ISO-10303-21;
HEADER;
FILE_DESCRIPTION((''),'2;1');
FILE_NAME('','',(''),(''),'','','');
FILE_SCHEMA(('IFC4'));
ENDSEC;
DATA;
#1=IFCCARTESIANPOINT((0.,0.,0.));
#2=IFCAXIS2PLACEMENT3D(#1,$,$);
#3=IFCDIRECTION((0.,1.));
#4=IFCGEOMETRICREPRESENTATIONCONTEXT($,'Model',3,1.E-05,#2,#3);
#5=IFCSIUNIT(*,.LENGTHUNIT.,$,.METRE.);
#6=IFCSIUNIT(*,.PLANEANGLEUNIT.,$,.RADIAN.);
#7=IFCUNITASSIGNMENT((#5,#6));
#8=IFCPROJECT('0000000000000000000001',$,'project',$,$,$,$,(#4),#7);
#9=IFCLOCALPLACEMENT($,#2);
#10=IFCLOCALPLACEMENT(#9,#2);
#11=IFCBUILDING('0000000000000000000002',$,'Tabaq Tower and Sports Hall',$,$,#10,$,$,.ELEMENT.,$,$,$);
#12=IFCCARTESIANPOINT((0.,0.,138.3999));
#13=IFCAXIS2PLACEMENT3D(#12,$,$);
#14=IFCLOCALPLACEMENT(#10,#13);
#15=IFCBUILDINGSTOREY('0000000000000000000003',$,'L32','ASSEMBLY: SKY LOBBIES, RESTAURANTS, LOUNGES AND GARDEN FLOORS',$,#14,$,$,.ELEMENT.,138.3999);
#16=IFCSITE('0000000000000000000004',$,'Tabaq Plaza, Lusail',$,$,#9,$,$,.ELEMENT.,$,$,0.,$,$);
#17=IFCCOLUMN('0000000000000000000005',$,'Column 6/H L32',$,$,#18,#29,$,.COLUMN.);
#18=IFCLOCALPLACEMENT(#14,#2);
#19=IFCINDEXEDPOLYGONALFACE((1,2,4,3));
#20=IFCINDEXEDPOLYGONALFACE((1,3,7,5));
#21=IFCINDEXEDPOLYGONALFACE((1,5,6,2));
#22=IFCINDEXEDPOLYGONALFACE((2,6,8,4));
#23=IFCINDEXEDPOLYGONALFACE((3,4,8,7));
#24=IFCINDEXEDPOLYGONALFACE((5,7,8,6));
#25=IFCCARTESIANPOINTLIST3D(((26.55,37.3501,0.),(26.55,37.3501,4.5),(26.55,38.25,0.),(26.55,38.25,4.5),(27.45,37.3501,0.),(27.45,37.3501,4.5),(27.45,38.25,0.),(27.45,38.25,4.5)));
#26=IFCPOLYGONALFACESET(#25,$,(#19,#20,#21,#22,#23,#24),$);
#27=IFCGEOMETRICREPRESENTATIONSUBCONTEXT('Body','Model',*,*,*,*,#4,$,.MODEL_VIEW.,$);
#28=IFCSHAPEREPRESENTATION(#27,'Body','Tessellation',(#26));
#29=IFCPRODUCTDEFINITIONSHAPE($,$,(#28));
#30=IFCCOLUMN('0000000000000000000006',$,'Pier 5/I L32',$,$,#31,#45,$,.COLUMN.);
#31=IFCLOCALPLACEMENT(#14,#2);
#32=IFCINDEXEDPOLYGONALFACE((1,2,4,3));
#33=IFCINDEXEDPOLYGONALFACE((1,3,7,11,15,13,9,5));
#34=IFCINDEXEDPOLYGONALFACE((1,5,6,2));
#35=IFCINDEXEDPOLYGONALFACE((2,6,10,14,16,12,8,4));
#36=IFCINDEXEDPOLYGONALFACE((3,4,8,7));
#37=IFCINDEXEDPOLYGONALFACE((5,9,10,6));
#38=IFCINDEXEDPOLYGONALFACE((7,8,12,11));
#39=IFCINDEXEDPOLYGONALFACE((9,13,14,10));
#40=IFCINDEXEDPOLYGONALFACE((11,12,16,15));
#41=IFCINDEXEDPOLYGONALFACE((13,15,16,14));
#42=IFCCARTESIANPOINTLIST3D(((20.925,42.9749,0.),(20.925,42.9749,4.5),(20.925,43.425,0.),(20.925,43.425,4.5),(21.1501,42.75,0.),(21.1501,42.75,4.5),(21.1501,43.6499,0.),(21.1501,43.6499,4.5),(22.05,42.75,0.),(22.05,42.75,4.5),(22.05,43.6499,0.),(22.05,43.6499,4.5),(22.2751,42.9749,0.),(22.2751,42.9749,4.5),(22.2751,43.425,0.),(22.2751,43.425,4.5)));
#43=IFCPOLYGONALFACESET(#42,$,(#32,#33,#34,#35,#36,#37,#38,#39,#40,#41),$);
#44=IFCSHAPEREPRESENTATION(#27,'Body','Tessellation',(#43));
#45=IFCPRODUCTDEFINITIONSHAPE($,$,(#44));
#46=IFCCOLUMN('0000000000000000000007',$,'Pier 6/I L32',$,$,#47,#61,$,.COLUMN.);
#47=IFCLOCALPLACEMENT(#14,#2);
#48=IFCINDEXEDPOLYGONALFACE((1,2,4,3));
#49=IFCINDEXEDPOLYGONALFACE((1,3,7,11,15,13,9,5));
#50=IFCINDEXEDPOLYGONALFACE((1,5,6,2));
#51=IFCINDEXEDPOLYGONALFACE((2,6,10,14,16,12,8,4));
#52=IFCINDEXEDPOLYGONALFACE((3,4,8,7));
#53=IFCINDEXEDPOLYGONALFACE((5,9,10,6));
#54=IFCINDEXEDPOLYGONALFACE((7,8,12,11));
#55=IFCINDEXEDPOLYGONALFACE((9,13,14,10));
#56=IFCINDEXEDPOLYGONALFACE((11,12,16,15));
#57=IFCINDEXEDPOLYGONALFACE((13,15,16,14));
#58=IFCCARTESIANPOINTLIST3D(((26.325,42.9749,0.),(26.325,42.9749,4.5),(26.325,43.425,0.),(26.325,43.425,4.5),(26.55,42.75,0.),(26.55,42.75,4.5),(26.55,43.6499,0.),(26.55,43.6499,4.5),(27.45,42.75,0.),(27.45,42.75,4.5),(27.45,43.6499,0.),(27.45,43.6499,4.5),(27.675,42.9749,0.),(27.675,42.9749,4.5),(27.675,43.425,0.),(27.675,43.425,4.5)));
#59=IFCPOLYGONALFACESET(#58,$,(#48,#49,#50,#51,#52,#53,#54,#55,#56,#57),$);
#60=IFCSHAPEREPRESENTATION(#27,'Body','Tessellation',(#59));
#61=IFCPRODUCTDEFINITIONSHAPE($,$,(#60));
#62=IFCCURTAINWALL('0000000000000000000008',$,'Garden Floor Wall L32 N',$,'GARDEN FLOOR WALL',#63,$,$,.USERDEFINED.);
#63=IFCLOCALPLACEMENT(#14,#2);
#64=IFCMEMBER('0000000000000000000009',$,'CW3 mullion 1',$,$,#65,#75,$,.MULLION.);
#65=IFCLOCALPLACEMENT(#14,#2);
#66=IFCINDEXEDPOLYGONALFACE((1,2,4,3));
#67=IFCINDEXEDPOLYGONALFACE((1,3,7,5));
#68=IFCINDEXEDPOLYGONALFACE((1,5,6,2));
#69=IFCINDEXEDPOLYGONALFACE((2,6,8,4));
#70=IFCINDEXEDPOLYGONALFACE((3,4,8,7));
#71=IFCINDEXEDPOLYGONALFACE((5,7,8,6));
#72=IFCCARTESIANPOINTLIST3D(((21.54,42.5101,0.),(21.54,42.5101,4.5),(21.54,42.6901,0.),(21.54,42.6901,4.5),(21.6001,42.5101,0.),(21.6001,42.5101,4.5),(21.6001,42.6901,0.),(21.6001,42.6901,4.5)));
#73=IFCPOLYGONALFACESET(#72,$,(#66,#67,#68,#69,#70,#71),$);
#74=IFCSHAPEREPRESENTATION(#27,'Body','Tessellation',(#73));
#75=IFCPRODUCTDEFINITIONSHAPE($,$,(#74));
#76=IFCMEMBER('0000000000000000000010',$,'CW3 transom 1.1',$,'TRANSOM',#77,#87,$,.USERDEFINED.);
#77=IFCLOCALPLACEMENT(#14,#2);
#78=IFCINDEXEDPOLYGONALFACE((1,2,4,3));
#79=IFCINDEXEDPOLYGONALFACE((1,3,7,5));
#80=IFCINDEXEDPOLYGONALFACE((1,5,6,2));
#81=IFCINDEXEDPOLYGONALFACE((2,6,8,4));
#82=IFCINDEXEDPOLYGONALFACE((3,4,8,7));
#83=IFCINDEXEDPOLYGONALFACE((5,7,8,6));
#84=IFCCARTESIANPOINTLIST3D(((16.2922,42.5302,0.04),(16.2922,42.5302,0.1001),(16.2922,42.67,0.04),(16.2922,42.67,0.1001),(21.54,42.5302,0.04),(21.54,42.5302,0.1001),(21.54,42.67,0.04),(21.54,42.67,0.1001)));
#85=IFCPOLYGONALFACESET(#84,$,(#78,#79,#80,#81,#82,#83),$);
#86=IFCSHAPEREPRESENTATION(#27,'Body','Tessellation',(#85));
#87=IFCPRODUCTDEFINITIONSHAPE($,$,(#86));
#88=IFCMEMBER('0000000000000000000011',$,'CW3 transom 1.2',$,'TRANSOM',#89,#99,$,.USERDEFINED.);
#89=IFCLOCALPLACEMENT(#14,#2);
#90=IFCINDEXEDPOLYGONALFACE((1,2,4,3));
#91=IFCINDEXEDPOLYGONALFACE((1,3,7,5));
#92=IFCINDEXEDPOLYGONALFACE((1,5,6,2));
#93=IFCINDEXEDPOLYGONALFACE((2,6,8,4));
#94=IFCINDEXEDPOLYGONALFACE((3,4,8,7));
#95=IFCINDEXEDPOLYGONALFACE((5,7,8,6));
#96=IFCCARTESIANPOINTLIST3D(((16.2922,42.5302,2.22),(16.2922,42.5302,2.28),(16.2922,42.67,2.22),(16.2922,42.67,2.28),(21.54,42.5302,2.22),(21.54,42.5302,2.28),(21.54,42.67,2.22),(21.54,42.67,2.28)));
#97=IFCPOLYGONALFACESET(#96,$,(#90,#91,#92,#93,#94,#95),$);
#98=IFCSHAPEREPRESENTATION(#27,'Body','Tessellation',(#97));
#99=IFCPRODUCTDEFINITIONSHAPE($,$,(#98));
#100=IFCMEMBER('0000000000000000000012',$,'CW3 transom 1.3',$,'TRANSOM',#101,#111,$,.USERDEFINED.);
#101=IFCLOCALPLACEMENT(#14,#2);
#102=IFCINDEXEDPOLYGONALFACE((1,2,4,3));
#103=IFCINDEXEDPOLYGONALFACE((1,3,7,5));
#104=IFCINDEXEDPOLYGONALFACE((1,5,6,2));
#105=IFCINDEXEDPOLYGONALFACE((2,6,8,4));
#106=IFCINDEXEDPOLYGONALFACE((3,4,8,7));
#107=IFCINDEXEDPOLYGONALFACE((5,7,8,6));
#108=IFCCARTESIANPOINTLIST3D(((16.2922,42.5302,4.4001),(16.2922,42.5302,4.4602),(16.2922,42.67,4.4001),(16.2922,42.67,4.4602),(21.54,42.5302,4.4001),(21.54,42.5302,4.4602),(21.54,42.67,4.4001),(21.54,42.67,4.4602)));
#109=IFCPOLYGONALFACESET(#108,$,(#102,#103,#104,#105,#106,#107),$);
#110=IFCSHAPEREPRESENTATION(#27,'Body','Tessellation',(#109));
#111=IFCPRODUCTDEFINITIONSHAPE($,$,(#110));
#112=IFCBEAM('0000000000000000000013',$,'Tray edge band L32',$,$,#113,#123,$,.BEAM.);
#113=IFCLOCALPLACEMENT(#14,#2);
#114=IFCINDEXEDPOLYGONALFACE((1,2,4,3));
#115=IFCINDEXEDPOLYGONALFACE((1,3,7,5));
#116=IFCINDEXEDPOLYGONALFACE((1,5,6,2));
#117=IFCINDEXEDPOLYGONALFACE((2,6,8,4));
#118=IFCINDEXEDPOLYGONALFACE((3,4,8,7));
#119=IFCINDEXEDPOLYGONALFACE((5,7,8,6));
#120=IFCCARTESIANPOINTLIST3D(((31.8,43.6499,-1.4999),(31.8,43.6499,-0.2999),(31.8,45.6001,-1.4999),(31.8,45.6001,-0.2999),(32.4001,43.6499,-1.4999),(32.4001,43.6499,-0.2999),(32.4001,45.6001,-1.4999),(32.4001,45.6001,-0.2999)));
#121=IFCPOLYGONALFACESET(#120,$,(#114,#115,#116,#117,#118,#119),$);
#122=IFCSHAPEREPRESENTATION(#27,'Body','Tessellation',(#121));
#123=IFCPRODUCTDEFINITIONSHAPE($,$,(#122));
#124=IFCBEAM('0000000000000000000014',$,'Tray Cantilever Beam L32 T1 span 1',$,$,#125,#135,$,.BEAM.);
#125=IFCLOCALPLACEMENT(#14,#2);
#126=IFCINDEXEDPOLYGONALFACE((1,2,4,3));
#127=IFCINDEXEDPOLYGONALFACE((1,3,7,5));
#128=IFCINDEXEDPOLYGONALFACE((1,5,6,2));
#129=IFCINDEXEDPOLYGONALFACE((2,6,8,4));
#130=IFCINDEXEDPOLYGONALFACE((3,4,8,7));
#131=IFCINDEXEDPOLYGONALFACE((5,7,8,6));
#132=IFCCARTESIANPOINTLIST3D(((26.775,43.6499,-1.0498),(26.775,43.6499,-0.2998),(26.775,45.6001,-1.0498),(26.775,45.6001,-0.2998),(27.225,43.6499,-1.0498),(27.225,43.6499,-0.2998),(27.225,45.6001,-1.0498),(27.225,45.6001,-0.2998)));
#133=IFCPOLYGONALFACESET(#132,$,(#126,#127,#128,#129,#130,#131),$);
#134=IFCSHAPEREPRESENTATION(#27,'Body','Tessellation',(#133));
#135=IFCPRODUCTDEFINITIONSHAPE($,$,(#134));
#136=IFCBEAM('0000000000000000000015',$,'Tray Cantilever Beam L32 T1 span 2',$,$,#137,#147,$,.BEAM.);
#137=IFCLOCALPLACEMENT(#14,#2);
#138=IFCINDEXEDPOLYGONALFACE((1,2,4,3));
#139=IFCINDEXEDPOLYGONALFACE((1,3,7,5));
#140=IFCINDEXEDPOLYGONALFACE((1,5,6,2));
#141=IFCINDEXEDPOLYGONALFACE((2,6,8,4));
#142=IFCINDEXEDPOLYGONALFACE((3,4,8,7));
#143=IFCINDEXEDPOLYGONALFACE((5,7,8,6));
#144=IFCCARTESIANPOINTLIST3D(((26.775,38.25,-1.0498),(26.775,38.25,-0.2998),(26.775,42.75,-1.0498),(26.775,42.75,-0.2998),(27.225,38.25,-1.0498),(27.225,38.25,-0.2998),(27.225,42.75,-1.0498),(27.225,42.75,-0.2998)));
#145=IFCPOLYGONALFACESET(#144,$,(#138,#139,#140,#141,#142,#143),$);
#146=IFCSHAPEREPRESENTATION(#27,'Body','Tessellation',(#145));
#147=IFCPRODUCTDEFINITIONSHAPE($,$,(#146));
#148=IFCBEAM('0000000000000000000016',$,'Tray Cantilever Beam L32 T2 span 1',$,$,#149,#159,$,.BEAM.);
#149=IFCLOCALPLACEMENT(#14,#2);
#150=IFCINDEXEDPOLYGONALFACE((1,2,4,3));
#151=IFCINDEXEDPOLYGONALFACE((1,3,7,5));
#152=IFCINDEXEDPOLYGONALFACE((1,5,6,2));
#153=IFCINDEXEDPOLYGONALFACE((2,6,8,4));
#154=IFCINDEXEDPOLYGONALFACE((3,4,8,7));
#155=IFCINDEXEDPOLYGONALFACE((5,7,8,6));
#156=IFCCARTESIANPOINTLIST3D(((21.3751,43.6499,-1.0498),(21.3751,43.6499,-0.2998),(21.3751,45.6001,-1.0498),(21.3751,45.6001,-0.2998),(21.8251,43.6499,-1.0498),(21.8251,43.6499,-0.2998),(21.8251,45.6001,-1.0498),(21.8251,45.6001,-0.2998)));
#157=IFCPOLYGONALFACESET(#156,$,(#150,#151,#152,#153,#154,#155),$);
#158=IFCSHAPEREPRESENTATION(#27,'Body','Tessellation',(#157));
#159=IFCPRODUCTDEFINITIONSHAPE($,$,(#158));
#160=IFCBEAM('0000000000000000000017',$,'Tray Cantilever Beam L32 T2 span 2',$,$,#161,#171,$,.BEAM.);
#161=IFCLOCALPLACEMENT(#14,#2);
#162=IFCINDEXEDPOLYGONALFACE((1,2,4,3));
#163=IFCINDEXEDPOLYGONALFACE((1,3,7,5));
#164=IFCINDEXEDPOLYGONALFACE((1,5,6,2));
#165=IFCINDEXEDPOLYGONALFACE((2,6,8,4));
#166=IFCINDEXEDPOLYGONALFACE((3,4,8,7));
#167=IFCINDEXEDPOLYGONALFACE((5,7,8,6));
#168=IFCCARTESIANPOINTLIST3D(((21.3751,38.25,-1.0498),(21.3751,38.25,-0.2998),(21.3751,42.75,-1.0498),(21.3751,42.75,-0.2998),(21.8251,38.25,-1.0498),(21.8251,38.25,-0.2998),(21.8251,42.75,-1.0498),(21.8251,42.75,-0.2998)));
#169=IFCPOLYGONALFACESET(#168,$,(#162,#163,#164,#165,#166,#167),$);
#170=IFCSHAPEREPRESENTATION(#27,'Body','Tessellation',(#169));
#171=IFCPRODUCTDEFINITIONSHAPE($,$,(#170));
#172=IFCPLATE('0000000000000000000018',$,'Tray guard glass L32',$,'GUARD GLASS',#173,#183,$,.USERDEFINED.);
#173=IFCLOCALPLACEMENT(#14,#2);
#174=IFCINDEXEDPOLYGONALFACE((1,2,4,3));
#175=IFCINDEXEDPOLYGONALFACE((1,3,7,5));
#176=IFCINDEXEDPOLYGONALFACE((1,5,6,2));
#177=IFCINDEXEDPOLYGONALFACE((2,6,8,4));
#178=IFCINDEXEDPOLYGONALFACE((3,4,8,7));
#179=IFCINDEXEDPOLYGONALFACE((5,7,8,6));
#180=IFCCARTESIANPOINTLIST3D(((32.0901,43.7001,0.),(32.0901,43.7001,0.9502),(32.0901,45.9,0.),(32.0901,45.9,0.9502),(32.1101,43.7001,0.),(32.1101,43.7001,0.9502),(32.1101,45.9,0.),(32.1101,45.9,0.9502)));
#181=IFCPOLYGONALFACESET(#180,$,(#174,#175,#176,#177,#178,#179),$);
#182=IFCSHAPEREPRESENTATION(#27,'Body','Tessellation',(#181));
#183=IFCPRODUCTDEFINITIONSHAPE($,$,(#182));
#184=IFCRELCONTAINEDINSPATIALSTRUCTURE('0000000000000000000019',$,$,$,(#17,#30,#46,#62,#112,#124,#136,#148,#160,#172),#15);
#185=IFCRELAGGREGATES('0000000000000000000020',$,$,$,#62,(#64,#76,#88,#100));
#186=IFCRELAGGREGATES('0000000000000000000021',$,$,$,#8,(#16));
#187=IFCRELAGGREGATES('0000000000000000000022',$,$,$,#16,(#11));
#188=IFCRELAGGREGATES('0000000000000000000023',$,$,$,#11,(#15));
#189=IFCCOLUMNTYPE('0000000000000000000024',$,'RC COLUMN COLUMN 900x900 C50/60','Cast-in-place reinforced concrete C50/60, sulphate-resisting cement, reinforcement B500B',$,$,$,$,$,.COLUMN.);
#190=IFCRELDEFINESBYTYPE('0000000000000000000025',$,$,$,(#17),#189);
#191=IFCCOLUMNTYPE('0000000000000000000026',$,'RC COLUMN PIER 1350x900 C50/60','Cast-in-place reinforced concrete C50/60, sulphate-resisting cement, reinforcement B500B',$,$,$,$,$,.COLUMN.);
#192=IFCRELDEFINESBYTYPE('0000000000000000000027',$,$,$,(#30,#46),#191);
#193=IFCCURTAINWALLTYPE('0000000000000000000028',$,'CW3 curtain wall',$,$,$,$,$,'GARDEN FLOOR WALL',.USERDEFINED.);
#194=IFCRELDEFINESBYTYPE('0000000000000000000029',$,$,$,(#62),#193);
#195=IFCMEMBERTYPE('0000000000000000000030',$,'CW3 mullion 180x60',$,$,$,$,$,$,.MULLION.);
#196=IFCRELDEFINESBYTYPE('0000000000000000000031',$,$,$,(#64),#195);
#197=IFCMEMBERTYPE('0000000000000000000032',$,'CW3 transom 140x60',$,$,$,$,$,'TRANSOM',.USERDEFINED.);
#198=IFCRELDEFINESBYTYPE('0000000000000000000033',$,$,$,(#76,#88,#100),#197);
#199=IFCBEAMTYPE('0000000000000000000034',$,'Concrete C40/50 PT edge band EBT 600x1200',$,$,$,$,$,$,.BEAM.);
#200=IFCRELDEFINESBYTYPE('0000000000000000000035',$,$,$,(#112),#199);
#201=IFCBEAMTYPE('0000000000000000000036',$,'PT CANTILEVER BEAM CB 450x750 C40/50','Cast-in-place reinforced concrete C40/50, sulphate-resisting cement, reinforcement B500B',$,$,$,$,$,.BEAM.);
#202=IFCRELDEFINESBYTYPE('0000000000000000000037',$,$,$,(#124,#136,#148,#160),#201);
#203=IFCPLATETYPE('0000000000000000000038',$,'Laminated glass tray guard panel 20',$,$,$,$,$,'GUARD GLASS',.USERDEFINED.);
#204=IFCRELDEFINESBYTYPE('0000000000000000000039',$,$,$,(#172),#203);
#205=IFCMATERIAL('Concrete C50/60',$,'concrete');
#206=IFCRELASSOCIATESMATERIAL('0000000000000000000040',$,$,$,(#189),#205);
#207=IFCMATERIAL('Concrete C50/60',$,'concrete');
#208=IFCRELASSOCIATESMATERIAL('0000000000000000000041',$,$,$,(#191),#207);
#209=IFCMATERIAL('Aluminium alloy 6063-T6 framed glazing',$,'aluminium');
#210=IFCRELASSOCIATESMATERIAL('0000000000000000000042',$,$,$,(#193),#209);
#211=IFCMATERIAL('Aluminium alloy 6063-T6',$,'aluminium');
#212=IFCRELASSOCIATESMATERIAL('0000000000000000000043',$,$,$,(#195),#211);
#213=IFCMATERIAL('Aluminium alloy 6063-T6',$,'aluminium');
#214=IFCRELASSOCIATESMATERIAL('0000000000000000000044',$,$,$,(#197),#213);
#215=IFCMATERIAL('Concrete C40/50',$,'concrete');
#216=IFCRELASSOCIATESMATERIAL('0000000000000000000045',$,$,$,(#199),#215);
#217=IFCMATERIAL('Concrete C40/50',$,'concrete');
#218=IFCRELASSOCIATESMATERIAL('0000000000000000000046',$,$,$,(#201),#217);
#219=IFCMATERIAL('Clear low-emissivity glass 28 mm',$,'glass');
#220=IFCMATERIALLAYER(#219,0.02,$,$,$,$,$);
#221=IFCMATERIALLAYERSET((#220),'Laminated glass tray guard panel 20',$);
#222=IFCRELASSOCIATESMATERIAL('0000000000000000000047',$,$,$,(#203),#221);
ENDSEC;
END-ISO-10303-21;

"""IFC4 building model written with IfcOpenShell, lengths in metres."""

from ifc_helpers import new_model, si_unit, direction, frame, frame_2d, origin, origin_2d, place, context, subcontext, project, spatial, polyline, rectangle, outline, extrude, material, layer, layer_set, material_profile, profile_set, type_object, element, aggregate, save


model = new_model("IFC4")

# Units and contexts
model_context = context("Model", 3, precision=1e-05, world=origin(), true_north=direction((0.0, 1.0)))
body_context = subcontext(model_context, "Body", "Model", "MODEL_VIEW")
ifc_project = project(units=[si_unit("LENGTHUNIT", "METRE"), si_unit("PLANEANGLEUNIT", "RADIAN")], contexts=[model_context])

# Site, building, storey
site_placement = place(None, origin())
site = spatial("IfcSite", under=ifc_project, at=site_placement, Name="Tabaq Plaza, Lusail", CompositionType="ELEMENT", RefElevation=0.0)
building_placement = place(site_placement, origin())
building = spatial("IfcBuilding", under=site, at=building_placement, Name="Tabaq Tower and Sports Hall", CompositionType="ELEMENT")
storey_placement = place(building_placement, frame((0.0, 0.0, 138.3999)))
storey = spatial("IfcBuildingStorey", under=building, at=storey_placement, Name="L32", Description="ASSEMBLY: SKY LOBBIES, RESTAURANTS, LOUNGES AND GARDEN FLOORS", CompositionType="ELEMENT", Elevation=138.3999)

# Columns
ifc_material_1 = material(Name="Concrete C50/60", Category="concrete")
ifc_material_profile_1 = material_profile(ifc_material_1, rectangle(XDim=0.8999, YDim=0.8999, at=origin_2d()), Name="COLUMN 900x900")
ifc_profile_set_1 = profile_set([ifc_material_profile_1], Name="Concrete C50/60")
column_type_1 = type_object("IfcColumnType", Name="RC COLUMN COLUMN 900x900 C50/60", Description="Cast-in-place reinforced concrete C50/60, sulphate-resisting cement, reinforcement B500B", PredefinedType="COLUMN", material=ifc_profile_set_1)
column_placement = place(storey_placement, frame((27.0, 37.8, 0.0), z_axis=(0.0, 0.0, 1.0), x_axis=(1.0, 0.0, 0.0)))
element("IfcColumn", 1, at=column_placement, inside=storey, type_object=column_type_1, Name="Column 6/H L32", PredefinedType="COLUMN", context=body_context, shape_type="SweptSolid", body=[
    extrude(rectangle(XDim=0.8999, YDim=0.8999, at=origin_2d()), origin(), (0.0, 0.0, 1.0), 4.5),
])
ifc_material_2 = material(Name="Concrete C50/60", Category="concrete")
ifc_material_profile_2 = material_profile(ifc_material_2, outline(polyline([(-0.45, -0.45), (0.45, -0.45), (0.675, -0.2251), (0.675, 0.2251), (0.45, 0.45), (-0.45, 0.45), (-0.675, 0.2251), (-0.675, -0.2251), (-0.45, -0.45)])), Name="PIER 1350x900")
ifc_profile_set_2 = profile_set([ifc_material_profile_2], Name="Concrete C50/60")
column_type_2 = type_object("IfcColumnType", Name="RC COLUMN PIER 1350x900 C50/60", Description="Cast-in-place reinforced concrete C50/60, sulphate-resisting cement, reinforcement B500B", PredefinedType="COLUMN", material=ifc_profile_set_2)
for number, where, z_axis, x_axis, name in (
    (2, (21.6001, 43.2, 0.0), (0.0, 0.0, 1.0), (1.0, 0.0, 0.0), "Pier 5/I L32"),
    (3, (27.0, 43.2, 0.0), (0.0, 0.0, 1.0), (1.0, 0.0, 0.0), "Pier 6/I L32"),
):
    element("IfcColumn", number, at=place(storey_placement, frame(where, z_axis=z_axis, x_axis=x_axis)), inside=storey, type_object=column_type_2, Name=name, PredefinedType="COLUMN", context=body_context, shape_type="SweptSolid", body=[
        extrude(outline(polyline([(-0.45, -0.45), (0.45, -0.45), (0.675, -0.2251), (0.675, 0.2251), (0.45, 0.45), (-0.45, 0.45), (-0.675, 0.2251), (-0.675, -0.2251), (-0.45, -0.45)])), origin(), (0.0, 0.0, 1.0), 4.5),
    ])

# Curtain wall, members
ifc_material_3 = material(Name="Aluminium alloy 6063-T6 framed glazing", Category="aluminium")
curtain_wall_type = type_object("IfcCurtainWallType", Name="CW3 curtain wall", ElementType="GARDEN FLOOR WALL", PredefinedType="USERDEFINED", material=ifc_material_3)
curtain_wall_placement = place(storey_placement, origin())
curtain_wall = element("IfcCurtainWall", 4, at=curtain_wall_placement, inside=storey, type_object=curtain_wall_type, Name="Garden Floor Wall L32 N", ObjectType="GARDEN FLOOR WALL", PredefinedType="USERDEFINED")
ifc_material_4 = material(Name="Aluminium alloy 6063-T6", Category="aluminium")
ifc_material_profile_3 = material_profile(ifc_material_4, rectangle(XDim=0.1799, YDim=0.0601, at=origin_2d()), Name="MULLION 180x60")
ifc_profile_set_3 = profile_set([ifc_material_profile_3], Name="Aluminium alloy 6063-T6")
member_type_1 = type_object("IfcMemberType", Name="CW3 mullion 180x60", PredefinedType="MULLION", material=ifc_profile_set_3)
member_1_placement = place(storey_placement, frame((21.5701, 42.6001, 0.0), z_axis=(0.0, 0.0, 1.0), x_axis=(0.0, -1.0, 0.0)))
member_1 = element("IfcMember", 5, at=member_1_placement, type_object=member_type_1, Name="CW3 mullion 1", PredefinedType="MULLION", context=body_context, shape_type="SweptSolid", body=[
    extrude(rectangle(XDim=0.1799, YDim=0.0601, at=origin_2d()), origin(), (0.0, 0.0, 1.0), 4.5),
])
ifc_material_5 = material(Name="Aluminium alloy 6063-T6", Category="aluminium")
ifc_material_profile_4 = material_profile(ifc_material_5, rectangle(XDim=0.1399, YDim=0.0601, at=origin_2d()), Name="TRANSOM 140x60")
ifc_profile_set_4 = profile_set([ifc_material_profile_4], Name="Aluminium alloy 6063-T6")
member_type_2 = type_object("IfcMemberType", Name="CW3 transom 140x60", ElementType="TRANSOM", PredefinedType="USERDEFINED", material=ifc_profile_set_4)
member_2_placement = place(storey_placement, frame((21.54, 42.6001, 0.0701), z_axis=(-1.0, 0.0, 0.0), x_axis=(0.0, -1.0, 0.0)))
member_2 = element("IfcMember", 6, at=member_2_placement, type_object=member_type_2, Name="CW3 transom 1.1", ObjectType="TRANSOM", PredefinedType="USERDEFINED", context=body_context, shape_type="SweptSolid", body=[
    extrude(rectangle(XDim=0.1399, YDim=0.0601, at=origin_2d()), origin(), (0.0, 0.0, 1.0), 5.2478),
])
member_3_placement = place(storey_placement, frame((21.54, 42.6001, 2.25), z_axis=(-1.0, 0.0, 0.0), x_axis=(0.0, -1.0, 0.0)))
member_3 = element("IfcMember", 7, at=member_3_placement, type_object=member_type_2, Name="CW3 transom 1.2", ObjectType="TRANSOM", PredefinedType="USERDEFINED", context=body_context, shape_type="SweptSolid", body=[
    extrude(rectangle(XDim=0.1399, YDim=0.0601, at=origin_2d()), origin(), (0.0, 0.0, 1.0), 5.2478),
])
member_4_placement = place(storey_placement, frame((21.54, 42.6001, 4.4302), z_axis=(-1.0, 0.0, 0.0), x_axis=(0.0, -1.0, 0.0)))
member_4 = element("IfcMember", 8, at=member_4_placement, type_object=member_type_2, Name="CW3 transom 1.3", ObjectType="TRANSOM", PredefinedType="USERDEFINED", context=body_context, shape_type="SweptSolid", body=[
    extrude(rectangle(XDim=0.1399, YDim=0.0601, at=origin_2d()), origin(), (0.0, 0.0, 1.0), 5.2478),
])
aggregate(curtain_wall, [member_1, member_2, member_3, member_4])

# Beams
ifc_material_6 = material(Name="Concrete C40/50", Category="concrete")
ifc_material_profile_5 = material_profile(ifc_material_6, rectangle(XDim=0.6001, YDim=1.2, at=origin_2d()), Name="EBT 600x1200")
ifc_profile_set_5 = profile_set([ifc_material_profile_5], Name="Concrete C40/50")
beam_type_1 = type_object("IfcBeamType", Name="Concrete C40/50 PT edge band EBT 600x1200", PredefinedType="BEAM", material=ifc_profile_set_5)
beam_1_placement = place(storey_placement, frame((32.1001, 43.6499, -0.8999), z_axis=(0.0, 1.0, 0.0), x_axis=(-1.0, 0.0, 0.0)))
element("IfcBeam", 9, at=beam_1_placement, inside=storey, type_object=beam_type_1, Name="Tray edge band L32", PredefinedType="BEAM", context=body_context, shape_type="SweptSolid", body=[
    extrude(rectangle(XDim=0.6001, YDim=1.2, at=origin_2d()), origin(), (0.0, 0.0, 1.0), 1.9502),
])
ifc_material_7 = material(Name="Concrete C40/50", Category="concrete")
ifc_material_profile_6 = material_profile(ifc_material_7, rectangle(XDim=0.45, YDim=0.75, at=origin_2d()), Name="CB 450x750")
ifc_profile_set_6 = profile_set([ifc_material_profile_6], Name="Concrete C40/50")
beam_type_2 = type_object("IfcBeamType", Name="PT CANTILEVER BEAM CB 450x750 C40/50", Description="Cast-in-place reinforced concrete C40/50, sulphate-resisting cement, reinforcement B500B", PredefinedType="BEAM", material=ifc_profile_set_6)
beam_2_placement = place(storey_placement, frame((27.0, 45.6001, -0.6748), z_axis=(0.0, -1.0, 0.0), x_axis=(1.0, 0.0, 0.0)))
element("IfcBeam", 10, at=beam_2_placement, inside=storey, type_object=beam_type_2, Name="Tray Cantilever Beam L32 T1 span 1", PredefinedType="BEAM", context=body_context, shape_type="SweptSolid", body=[
    extrude(rectangle(XDim=0.45, YDim=0.75, at=origin_2d()), origin(), (0.0, 0.0, 1.0), 1.9502),
])
beam_3_placement = place(storey_placement, frame((27.0, 42.75, -0.6748), z_axis=(0.0, -1.0, 0.0), x_axis=(1.0, 0.0, 0.0)))
element("IfcBeam", 11, at=beam_3_placement, inside=storey, type_object=beam_type_2, Name="Tray Cantilever Beam L32 T1 span 2", PredefinedType="BEAM", context=body_context, shape_type="SweptSolid", body=[
    extrude(rectangle(XDim=0.45, YDim=0.75, at=origin_2d()), origin(), (0.0, 0.0, 1.0), 4.5),
])
beam_4_placement = place(storey_placement, frame((21.6001, 45.6001, -0.6748), z_axis=(0.0, -1.0, 0.0), x_axis=(1.0, 0.0, 0.0)))
element("IfcBeam", 12, at=beam_4_placement, inside=storey, type_object=beam_type_2, Name="Tray Cantilever Beam L32 T2 span 1", PredefinedType="BEAM", context=body_context, shape_type="SweptSolid", body=[
    extrude(rectangle(XDim=0.45, YDim=0.75, at=origin_2d()), origin(), (0.0, 0.0, 1.0), 1.9502),
])
beam_5_placement = place(storey_placement, frame((21.6001, 42.75, -0.6748), z_axis=(0.0, -1.0, 0.0), x_axis=(1.0, 0.0, 0.0)))
element("IfcBeam", 13, at=beam_5_placement, inside=storey, type_object=beam_type_2, Name="Tray Cantilever Beam L32 T2 span 2", PredefinedType="BEAM", context=body_context, shape_type="SweptSolid", body=[
    extrude(rectangle(XDim=0.45, YDim=0.75, at=origin_2d()), origin(), (0.0, 0.0, 1.0), 4.5),
])

# Plate
ifc_material_8 = material(Name="Clear low-emissivity glass 28 mm", Category="glass")
ifc_layer_1 = layer(ifc_material_8, 0.02)
ifc_layer_set_1 = layer_set([ifc_layer_1], Name="Laminated glass tray guard panel 20")
plate_type_1 = type_object("IfcPlateType", Name="Laminated glass tray guard panel 20", ElementType="GUARD GLASS", PredefinedType="USERDEFINED", material=ifc_layer_set_1)
plate_placement = place(storey_placement, frame((32.1001, 43.7, 0.0), z_axis=(0.0, 0.0, 1.0), x_axis=(0.0, 1.0, 0.0)))
element("IfcPlate", 14, at=plate_placement, inside=storey, type_object=plate_type_1, Name="Tray guard glass L32", ObjectType="GUARD GLASS", PredefinedType="USERDEFINED", context=body_context, shape_type="SweptSolid", body=[
    extrude(rectangle(XDim=2.2, YDim=0.02, at=frame_2d((1.1001, 0.0))), origin(), (0.0, 0.0, 1.0), 0.9502),
])

save(model, "model.ifc")
